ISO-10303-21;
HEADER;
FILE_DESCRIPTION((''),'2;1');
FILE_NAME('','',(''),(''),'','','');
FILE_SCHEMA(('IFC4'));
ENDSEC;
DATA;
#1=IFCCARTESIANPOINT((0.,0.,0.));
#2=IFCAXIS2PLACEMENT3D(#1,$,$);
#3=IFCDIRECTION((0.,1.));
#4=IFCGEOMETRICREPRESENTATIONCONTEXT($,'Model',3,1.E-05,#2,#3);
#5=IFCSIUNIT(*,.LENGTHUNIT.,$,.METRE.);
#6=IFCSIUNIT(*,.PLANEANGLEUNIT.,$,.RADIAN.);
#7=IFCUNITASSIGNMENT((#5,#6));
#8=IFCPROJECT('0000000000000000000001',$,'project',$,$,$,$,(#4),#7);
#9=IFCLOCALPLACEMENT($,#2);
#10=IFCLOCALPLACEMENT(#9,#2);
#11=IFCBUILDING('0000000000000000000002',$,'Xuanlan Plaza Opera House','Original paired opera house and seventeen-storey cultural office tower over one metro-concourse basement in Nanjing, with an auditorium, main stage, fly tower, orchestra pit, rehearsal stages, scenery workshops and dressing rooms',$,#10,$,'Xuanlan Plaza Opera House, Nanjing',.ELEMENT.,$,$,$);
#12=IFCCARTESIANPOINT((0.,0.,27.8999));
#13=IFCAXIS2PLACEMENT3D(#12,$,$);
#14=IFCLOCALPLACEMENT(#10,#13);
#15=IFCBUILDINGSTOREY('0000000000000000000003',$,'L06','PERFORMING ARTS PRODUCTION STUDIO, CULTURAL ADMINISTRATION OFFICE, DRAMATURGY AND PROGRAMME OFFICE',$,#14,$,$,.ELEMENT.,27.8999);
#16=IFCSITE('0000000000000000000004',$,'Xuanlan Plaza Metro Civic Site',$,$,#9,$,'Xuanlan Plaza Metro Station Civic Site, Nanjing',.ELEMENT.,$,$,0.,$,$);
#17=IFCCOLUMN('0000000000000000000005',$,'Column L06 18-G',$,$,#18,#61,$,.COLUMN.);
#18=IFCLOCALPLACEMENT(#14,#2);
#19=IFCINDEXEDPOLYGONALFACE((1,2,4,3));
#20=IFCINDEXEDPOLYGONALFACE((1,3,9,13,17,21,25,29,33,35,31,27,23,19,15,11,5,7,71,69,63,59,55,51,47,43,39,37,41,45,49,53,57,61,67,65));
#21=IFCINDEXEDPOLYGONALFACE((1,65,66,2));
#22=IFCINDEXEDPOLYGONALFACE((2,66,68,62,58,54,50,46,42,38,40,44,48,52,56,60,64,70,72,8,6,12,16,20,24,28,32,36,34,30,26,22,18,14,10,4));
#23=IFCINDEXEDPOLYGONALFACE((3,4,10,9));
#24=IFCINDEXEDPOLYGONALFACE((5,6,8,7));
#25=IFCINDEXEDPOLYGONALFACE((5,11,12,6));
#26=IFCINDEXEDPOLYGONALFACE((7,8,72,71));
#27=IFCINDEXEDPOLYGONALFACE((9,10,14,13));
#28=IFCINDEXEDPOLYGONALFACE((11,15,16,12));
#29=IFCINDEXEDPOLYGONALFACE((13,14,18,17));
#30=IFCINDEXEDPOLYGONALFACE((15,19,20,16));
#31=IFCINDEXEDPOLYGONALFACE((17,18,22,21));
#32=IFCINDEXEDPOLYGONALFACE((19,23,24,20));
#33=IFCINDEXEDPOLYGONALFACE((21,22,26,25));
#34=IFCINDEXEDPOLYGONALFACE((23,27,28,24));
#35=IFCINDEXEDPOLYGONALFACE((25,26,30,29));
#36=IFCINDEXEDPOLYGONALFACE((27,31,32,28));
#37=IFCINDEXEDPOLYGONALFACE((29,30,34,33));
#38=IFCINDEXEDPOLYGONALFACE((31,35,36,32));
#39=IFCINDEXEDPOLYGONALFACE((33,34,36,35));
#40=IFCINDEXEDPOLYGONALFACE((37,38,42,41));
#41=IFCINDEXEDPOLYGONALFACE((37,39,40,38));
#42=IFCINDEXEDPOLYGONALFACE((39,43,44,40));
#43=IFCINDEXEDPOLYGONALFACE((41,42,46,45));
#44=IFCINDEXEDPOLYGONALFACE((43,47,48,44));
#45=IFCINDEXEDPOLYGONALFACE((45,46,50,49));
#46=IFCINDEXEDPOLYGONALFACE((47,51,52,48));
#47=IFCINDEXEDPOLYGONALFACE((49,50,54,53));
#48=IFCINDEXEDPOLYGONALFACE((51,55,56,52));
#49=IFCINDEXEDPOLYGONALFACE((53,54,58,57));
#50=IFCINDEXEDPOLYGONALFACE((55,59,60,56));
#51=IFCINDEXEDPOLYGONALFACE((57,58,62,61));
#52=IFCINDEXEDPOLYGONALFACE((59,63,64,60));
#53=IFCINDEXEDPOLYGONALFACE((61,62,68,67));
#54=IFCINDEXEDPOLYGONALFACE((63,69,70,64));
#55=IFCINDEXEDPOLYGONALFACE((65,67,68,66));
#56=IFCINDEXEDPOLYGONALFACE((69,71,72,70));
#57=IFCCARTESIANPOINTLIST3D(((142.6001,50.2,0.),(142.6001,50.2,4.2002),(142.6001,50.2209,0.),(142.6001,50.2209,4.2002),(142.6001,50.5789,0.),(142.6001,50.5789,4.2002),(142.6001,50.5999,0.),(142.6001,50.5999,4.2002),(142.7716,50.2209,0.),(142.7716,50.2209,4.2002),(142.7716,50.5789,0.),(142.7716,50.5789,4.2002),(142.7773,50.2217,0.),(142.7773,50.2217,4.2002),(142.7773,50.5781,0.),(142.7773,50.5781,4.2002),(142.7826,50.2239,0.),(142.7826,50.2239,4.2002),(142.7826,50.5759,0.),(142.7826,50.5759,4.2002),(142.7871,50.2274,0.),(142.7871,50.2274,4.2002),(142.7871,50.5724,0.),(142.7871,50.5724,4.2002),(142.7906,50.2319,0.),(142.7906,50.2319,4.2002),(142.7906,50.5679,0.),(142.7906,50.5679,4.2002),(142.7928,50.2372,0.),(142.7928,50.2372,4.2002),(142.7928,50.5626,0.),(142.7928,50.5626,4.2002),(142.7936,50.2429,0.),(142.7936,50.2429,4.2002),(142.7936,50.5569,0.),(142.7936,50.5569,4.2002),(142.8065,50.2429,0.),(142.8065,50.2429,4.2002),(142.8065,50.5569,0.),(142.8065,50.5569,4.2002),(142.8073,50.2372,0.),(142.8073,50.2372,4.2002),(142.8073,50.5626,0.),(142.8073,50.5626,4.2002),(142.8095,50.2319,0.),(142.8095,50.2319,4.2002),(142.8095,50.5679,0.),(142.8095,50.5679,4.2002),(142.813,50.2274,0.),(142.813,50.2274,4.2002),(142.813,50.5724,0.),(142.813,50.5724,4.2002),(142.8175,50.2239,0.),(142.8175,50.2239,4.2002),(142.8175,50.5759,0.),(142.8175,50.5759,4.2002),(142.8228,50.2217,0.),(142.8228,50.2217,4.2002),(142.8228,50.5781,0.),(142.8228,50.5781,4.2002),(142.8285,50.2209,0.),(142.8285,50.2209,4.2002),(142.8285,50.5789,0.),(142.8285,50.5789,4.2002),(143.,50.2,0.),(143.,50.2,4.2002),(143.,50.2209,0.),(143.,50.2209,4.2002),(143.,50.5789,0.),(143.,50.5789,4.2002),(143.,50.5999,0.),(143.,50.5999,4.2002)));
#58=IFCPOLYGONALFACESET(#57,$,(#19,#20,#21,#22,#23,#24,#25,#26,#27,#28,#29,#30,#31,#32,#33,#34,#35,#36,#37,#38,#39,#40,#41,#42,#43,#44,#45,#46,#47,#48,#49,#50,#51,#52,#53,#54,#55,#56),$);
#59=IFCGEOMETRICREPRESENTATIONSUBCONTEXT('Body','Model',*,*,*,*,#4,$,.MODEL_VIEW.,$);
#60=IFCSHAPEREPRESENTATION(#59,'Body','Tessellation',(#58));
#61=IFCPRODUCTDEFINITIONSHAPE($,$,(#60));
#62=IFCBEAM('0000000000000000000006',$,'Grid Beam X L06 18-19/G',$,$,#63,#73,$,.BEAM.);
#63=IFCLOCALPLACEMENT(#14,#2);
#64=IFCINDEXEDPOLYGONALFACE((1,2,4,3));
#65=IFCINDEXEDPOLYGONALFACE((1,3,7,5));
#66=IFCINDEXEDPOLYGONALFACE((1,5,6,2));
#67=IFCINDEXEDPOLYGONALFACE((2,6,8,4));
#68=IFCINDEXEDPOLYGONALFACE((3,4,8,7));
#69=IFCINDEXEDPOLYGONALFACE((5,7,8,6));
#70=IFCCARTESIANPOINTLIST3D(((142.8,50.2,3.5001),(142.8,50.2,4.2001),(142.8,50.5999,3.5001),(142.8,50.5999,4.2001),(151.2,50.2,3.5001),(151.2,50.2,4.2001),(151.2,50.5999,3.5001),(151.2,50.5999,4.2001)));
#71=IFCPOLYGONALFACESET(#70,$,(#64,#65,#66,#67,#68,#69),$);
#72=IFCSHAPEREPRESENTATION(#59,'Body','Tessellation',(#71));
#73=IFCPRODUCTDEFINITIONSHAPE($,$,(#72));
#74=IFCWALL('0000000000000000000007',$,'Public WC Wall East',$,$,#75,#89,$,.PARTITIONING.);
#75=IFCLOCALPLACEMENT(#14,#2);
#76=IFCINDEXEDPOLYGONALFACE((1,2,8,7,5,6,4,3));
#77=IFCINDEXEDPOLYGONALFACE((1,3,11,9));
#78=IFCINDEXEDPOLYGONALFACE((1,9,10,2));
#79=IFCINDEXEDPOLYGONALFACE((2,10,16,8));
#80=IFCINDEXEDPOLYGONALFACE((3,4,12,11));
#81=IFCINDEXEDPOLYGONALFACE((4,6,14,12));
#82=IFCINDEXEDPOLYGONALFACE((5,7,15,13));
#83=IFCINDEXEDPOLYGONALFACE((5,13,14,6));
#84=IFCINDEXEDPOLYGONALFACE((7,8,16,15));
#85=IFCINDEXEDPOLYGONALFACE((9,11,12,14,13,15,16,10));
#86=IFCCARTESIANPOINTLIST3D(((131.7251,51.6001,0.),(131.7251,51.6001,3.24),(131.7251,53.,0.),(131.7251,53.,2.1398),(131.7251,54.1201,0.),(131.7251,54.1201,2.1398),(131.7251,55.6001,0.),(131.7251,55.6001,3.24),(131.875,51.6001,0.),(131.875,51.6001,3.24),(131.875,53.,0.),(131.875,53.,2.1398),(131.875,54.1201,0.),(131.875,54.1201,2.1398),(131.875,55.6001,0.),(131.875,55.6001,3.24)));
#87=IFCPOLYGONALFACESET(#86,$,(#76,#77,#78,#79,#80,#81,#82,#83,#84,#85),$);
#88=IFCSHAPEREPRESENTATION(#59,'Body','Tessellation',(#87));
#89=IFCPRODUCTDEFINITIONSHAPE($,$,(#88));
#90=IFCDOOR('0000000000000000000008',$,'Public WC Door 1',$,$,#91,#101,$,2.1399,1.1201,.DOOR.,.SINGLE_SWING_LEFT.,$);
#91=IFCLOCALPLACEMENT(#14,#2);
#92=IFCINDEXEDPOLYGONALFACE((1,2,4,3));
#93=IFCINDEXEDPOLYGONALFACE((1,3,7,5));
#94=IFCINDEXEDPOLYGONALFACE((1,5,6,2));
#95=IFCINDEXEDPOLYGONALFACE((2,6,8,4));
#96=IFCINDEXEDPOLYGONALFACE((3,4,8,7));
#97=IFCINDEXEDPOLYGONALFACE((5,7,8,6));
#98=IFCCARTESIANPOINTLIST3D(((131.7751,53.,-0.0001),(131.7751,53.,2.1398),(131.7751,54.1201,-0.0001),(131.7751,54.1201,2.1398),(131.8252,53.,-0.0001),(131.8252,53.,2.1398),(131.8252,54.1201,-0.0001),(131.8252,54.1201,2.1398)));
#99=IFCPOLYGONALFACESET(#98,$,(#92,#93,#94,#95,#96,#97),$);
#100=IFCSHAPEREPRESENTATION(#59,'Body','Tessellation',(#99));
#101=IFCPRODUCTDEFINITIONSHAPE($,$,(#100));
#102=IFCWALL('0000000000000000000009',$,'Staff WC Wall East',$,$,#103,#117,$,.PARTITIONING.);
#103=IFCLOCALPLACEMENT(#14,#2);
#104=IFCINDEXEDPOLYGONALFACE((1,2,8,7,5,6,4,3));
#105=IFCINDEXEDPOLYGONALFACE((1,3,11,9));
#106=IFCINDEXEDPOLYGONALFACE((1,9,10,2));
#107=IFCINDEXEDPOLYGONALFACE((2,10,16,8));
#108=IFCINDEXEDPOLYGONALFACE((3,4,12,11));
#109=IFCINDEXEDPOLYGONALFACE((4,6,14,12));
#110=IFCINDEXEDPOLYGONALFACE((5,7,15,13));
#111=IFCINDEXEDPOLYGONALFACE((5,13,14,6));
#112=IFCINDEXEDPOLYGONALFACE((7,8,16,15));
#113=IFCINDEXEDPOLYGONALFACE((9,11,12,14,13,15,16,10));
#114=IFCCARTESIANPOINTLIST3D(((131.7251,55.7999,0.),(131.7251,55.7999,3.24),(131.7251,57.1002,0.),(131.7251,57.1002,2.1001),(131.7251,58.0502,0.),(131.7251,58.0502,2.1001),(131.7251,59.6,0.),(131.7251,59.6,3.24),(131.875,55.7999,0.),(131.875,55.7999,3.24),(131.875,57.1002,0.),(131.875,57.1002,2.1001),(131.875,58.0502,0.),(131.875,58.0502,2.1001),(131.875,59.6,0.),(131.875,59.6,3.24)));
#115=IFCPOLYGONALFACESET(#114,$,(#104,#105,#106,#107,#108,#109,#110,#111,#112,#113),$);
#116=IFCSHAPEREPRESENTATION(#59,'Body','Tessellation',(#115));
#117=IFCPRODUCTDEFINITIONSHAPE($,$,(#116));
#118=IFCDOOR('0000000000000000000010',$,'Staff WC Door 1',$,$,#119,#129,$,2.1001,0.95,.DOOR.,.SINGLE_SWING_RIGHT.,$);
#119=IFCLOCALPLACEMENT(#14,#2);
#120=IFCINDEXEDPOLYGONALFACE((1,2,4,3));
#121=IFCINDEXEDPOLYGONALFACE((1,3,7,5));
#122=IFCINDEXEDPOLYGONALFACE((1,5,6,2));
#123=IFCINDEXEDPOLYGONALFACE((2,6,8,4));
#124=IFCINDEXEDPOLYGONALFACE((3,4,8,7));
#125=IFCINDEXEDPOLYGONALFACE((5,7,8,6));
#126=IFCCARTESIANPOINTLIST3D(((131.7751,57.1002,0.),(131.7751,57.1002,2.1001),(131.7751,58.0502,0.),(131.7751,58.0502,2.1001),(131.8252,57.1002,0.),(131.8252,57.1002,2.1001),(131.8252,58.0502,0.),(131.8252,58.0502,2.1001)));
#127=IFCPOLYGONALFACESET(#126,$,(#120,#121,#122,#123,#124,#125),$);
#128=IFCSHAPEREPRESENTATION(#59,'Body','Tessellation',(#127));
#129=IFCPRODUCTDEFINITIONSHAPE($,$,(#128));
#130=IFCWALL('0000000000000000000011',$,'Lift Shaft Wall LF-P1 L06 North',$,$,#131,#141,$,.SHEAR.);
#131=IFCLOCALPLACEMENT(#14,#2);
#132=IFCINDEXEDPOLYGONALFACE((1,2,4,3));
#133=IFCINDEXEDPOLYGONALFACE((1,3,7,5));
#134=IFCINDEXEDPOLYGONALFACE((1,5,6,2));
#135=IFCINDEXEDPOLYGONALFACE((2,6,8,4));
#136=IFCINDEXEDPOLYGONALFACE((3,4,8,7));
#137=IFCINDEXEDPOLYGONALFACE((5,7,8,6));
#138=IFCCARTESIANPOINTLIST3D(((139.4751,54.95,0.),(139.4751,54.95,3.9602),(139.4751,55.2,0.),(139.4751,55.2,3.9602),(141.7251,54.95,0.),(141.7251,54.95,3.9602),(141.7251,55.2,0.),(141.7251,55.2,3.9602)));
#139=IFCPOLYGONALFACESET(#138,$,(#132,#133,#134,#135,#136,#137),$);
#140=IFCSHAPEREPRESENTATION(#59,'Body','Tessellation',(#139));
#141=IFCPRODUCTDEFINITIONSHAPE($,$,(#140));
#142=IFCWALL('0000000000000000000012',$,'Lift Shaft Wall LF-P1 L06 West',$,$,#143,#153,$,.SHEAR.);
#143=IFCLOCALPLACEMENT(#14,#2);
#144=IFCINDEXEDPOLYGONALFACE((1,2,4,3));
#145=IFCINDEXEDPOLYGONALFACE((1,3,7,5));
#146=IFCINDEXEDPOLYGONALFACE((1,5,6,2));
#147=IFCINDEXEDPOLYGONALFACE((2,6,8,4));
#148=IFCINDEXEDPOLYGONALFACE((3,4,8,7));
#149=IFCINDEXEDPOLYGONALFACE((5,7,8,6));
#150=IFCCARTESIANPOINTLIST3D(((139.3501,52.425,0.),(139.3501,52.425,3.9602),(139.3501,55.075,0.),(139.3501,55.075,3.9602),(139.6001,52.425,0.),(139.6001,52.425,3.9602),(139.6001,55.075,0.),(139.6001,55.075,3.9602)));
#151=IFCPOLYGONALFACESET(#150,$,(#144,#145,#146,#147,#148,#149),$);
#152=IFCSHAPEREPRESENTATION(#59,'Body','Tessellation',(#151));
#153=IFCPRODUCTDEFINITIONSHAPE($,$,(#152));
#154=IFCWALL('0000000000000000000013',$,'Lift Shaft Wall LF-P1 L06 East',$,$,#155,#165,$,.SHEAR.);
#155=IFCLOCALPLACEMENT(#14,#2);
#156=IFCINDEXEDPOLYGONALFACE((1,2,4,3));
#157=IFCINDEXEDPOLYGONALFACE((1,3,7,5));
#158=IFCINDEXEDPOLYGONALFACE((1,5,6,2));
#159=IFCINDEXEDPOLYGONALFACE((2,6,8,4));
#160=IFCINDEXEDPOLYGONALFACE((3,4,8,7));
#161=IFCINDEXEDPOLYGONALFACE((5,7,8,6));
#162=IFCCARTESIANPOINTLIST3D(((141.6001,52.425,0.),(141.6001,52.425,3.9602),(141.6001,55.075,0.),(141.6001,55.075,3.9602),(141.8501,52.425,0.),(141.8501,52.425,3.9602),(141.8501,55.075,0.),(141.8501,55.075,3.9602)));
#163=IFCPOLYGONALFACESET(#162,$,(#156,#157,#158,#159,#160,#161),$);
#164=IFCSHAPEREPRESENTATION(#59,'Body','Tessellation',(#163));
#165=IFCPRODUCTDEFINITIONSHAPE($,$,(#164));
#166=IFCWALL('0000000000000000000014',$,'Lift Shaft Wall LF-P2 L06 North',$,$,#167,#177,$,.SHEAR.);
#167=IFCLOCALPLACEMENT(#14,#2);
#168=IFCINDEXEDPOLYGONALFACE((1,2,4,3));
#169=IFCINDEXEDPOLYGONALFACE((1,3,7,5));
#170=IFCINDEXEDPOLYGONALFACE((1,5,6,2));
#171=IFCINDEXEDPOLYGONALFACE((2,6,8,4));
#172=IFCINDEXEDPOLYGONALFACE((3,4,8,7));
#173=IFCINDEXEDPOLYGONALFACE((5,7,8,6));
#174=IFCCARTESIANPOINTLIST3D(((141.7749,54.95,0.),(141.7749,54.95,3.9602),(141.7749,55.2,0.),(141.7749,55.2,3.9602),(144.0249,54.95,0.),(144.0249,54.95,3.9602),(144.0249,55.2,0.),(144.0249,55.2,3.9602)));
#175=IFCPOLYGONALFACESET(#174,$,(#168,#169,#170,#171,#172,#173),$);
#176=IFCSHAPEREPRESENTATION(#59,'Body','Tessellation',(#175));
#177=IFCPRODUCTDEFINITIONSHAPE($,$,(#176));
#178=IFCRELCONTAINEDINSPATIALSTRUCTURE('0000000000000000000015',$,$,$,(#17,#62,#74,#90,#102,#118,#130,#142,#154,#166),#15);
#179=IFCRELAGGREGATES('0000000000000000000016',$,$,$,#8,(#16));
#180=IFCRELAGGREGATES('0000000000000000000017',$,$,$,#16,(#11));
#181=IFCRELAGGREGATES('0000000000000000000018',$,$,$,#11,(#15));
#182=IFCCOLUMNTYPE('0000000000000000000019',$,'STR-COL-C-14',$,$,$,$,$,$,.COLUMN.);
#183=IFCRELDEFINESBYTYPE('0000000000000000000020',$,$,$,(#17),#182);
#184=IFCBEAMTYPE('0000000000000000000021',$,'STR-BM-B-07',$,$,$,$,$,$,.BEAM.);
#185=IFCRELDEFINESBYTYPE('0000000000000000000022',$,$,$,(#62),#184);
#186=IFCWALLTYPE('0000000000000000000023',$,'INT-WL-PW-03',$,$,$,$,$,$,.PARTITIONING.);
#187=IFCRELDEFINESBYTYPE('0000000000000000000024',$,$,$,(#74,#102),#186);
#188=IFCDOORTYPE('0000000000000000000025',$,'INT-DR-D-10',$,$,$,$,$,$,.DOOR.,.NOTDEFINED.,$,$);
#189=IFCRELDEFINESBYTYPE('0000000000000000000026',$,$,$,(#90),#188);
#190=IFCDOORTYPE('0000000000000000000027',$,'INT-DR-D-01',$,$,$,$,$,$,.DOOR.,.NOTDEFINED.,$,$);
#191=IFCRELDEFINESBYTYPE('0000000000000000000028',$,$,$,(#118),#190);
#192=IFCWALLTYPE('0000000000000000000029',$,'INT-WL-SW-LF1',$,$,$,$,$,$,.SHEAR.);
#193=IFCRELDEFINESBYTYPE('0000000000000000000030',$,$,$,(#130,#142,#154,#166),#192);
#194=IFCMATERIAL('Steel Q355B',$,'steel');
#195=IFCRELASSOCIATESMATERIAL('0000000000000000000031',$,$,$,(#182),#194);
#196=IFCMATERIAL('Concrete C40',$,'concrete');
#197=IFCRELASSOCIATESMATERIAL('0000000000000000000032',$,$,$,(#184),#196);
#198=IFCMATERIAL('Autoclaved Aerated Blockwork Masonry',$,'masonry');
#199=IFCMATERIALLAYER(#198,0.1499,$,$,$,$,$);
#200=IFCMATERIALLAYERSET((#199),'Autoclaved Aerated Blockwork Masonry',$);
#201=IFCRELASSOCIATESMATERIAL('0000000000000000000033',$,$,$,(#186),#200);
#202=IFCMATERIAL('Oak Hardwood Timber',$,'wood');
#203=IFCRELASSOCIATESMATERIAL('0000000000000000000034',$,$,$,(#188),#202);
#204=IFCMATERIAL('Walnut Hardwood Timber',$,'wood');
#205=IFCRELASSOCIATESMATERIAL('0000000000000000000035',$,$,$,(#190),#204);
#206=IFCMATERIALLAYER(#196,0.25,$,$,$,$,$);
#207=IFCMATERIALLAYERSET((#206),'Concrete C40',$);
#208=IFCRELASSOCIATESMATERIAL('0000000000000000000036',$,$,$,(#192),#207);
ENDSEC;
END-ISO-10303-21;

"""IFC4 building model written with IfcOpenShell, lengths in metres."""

from ifc_helpers import new_model, si_unit, direction, frame, frame_2d, origin, origin_2d, place, context, subcontext, project, spatial, rectangle, i_section, extrude, material, layer, layer_set, material_profile, profile_set, type_object, element, fill, save


model = new_model("IFC4")

# Units and contexts
model_context = context("Model", 3, precision=1e-05, world=origin(), true_north=direction((0.0, 1.0)))
body_context = subcontext(model_context, "Body", "Model", "MODEL_VIEW")
ifc_project = project(units=[si_unit("LENGTHUNIT", "METRE"), si_unit("PLANEANGLEUNIT", "RADIAN")], contexts=[model_context])

# Site, building, storey
site_placement = place(None, origin())
site = spatial("IfcSite", under=ifc_project, at=site_placement, Name="Xuanlan Plaza Metro Civic Site", LongName="Xuanlan Plaza Metro Station Civic Site, Nanjing", CompositionType="ELEMENT", RefElevation=0.0)
building_placement = place(site_placement, origin())
building = spatial("IfcBuilding", under=site, at=building_placement, Name="Xuanlan Plaza Opera House", Description="Original paired opera house and seventeen-storey cultural office tower over one metro-concourse basement in Nanjing, with an auditorium, main stage, fly tower, orchestra pit, rehearsal stages, scenery workshops and dressing rooms", LongName="Xuanlan Plaza Opera House, Nanjing", CompositionType="ELEMENT")
storey_placement = place(building_placement, frame((0.0, 0.0, 27.8999)))
storey = spatial("IfcBuildingStorey", under=building, at=storey_placement, Name="L06", Description="PERFORMING ARTS PRODUCTION STUDIO, CULTURAL ADMINISTRATION OFFICE, DRAMATURGY AND PROGRAMME OFFICE", CompositionType="ELEMENT", Elevation=27.8999)

# Column
ifc_material_1 = material(Name="Steel Q355B", Category="steel")
ifc_material_profile_1 = material_profile(ifc_material_1, i_section(OverallWidth=0.3999, OverallDepth=0.3999, WebThickness=0.0129, FlangeThickness=0.021, FilletRadius=0.022, at=origin_2d()), Name="HW 400x400x13x21")
ifc_profile_set_1 = profile_set([ifc_material_profile_1], Name="Steel Q355B")
column_type = type_object("IfcColumnType", Name="STR-COL-C-14", PredefinedType="COLUMN", material=ifc_profile_set_1)
column_placement = place(storey_placement, frame((142.8, 50.3999, 0.0), z_axis=(0.0, 0.0, 1.0), x_axis=(1.0, 0.0, 0.0)))
element("IfcColumn", 1, at=column_placement, inside=storey, type_object=column_type, Name="Column L06 18-G", PredefinedType="COLUMN", context=body_context, shape_type="SweptSolid", body=[
    extrude(i_section(OverallWidth=0.3999, OverallDepth=0.3999, WebThickness=0.0129, FlangeThickness=0.021, FilletRadius=0.022, at=origin_2d()), origin(), (0.0, 0.0, 1.0), 4.2002),
])

# Beam
ifc_material_2 = material(Name="Concrete C40", Category="concrete")
ifc_material_profile_2 = material_profile(ifc_material_2, rectangle(XDim=0.3999, YDim=0.7, at=origin_2d()), Name="RC-BM 400x700")
ifc_profile_set_2 = profile_set([ifc_material_profile_2], Name="Concrete C40")
beam_type = type_object("IfcBeamType", Name="STR-BM-B-07", PredefinedType="BEAM", material=ifc_profile_set_2)
beam_placement = place(storey_placement, frame((142.8, 50.3999, 3.8501), z_axis=(1.0, 0.0, 0.0), x_axis=(0.0, 1.0, 0.0)))
element("IfcBeam", 2, at=beam_placement, inside=storey, type_object=beam_type, Name="Grid Beam X L06 18-19/G", PredefinedType="BEAM", context=body_context, shape_type="SweptSolid", body=[
    extrude(rectangle(XDim=0.3999, YDim=0.7, at=origin_2d()), origin(), (0.0, 0.0, 1.0), 8.3999),
])

# Walls, openings, doors
ifc_material_3 = material(Name="Autoclaved Aerated Blockwork Masonry", Category="masonry")
ifc_layer_1 = layer(ifc_material_3, 0.1499)
ifc_layer_set_1 = layer_set([ifc_layer_1], Name="Autoclaved Aerated Blockwork Masonry")
wall_type_1 = type_object("IfcWallType", Name="INT-WL-PW-03", PredefinedType="PARTITIONING", material=ifc_layer_set_1)
wall_1_placement = place(storey_placement, frame((131.8, 51.6001, 0.0), z_axis=(0.0, 0.0, 1.0), x_axis=(0.0, 1.0, 0.0)))
wall_1 = element("IfcWall", 3, at=wall_1_placement, inside=storey, type_object=wall_type_1, Name="Public WC Wall East", PredefinedType="PARTITIONING", context=body_context, shape_type="SweptSolid", body=[
    extrude(rectangle(XDim=4.0, YDim=0.1499, at=frame_2d((2.0, 0.0))), origin(), (0.0, 0.0, 1.0), 3.24),
])
opening_1_placement = place(wall_1_placement, frame((1.3999, 0.0, 0.0)))
opening_1 = element("IfcOpeningElement", 4, at=opening_1_placement, cuts=wall_1, PredefinedType="OPENING", context=body_context, shape_type="SweptSolid", body=[
    extrude(rectangle(XDim=1.1201, YDim=2.1399, at=frame_2d((0.5601, 1.0698))), frame((0.0, 0.085, 0.0), z_axis=(0.0, -1.0, 0.0), x_axis=(1.0, 0.0, 0.0)), (0.0, 0.0, 1.0), 0.1699),
])
ifc_material_4 = material(Name="Oak Hardwood Timber", Category="wood")
door_type_1 = type_object("IfcDoorType", Name="INT-DR-D-10", OperationType="NOTDEFINED", PredefinedType="DOOR", material=ifc_material_4)
door_1_placement = place(opening_1_placement, origin())
door_1 = element("IfcDoor", 5, at=door_1_placement, inside=storey, type_object=door_type_1, Name="Public WC Door 1", OperationType="SINGLE_SWING_LEFT", OverallHeight=2.1399, OverallWidth=1.1201, PredefinedType="DOOR", context=body_context, shape_type="SweptSolid", body=[
    extrude(rectangle(XDim=1.1201, YDim=2.1399, at=frame_2d((0.5601, 1.0698))), frame((0.0, 0.0249, 0.0), z_axis=(0.0, -1.0, 0.0), x_axis=(1.0, 0.0, 0.0)), (0.0, 0.0, 1.0), 0.05),
])
fill(opening_1, door_1)
wall_2_placement = place(storey_placement, frame((131.8, 55.8, 0.0), z_axis=(0.0, 0.0, 1.0), x_axis=(0.0, 1.0, 0.0)))
wall_2 = element("IfcWall", 6, at=wall_2_placement, inside=storey, type_object=wall_type_1, Name="Staff WC Wall East", PredefinedType="PARTITIONING", context=body_context, shape_type="SweptSolid", body=[
    extrude(rectangle(XDim=3.8, YDim=0.1499, at=frame_2d((1.8999, 0.0))), origin(), (0.0, 0.0, 1.0), 3.24),
])
opening_2_placement = place(wall_2_placement, frame((1.3, 0.0, 0.0)))
opening_2 = element("IfcOpeningElement", 7, at=opening_2_placement, cuts=wall_2, PredefinedType="OPENING", context=body_context, shape_type="SweptSolid", body=[
    extrude(rectangle(XDim=0.95, YDim=2.1001, at=frame_2d((0.4751, 1.05))), frame((0.0, 0.085, 0.0), z_axis=(0.0, -1.0, 0.0), x_axis=(1.0, 0.0, 0.0)), (0.0, 0.0, 1.0), 0.1699),
])
ifc_material_5 = material(Name="Walnut Hardwood Timber", Category="wood")
door_type_2 = type_object("IfcDoorType", Name="INT-DR-D-01", OperationType="NOTDEFINED", PredefinedType="DOOR", material=ifc_material_5)
door_2_placement = place(opening_2_placement, origin())
door_2 = element("IfcDoor", 8, at=door_2_placement, inside=storey, type_object=door_type_2, Name="Staff WC Door 1", OperationType="SINGLE_SWING_RIGHT", OverallHeight=2.1001, OverallWidth=0.95, PredefinedType="DOOR", context=body_context, shape_type="SweptSolid", body=[
    extrude(rectangle(XDim=0.95, YDim=2.1001, at=frame_2d((0.4751, 1.05))), frame((0.0, 0.0249, 0.0), z_axis=(0.0, -1.0, 0.0), x_axis=(1.0, 0.0, 0.0)), (0.0, 0.0, 1.0), 0.05),
])
fill(opening_2, door_2)
ifc_layer_2 = layer(ifc_material_2, 0.25)
ifc_layer_set_2 = layer_set([ifc_layer_2], Name="Concrete C40")
wall_type_2 = type_object("IfcWallType", Name="INT-WL-SW-LF1", PredefinedType="SHEAR", material=ifc_layer_set_2)

# Walls
wall_3_placement = place(storey_placement, frame((139.4751, 55.075, 0.0), z_axis=(0.0, 0.0, 1.0), x_axis=(1.0, 0.0, 0.0)))
element("IfcWall", 9, at=wall_3_placement, inside=storey, type_object=wall_type_2, Name="Lift Shaft Wall LF-P1 L06 North", PredefinedType="SHEAR", context=body_context, shape_type="SweptSolid", body=[
    extrude(rectangle(XDim=2.25, YDim=0.25, at=frame_2d((1.125, 0.0))), origin(), (0.0, 0.0, 1.0), 3.9602),
])
for number, where, z_axis, x_axis, name in (
    (10, (139.4751, 52.425, 0.0), (0.0, 0.0, 1.0), (0.0, 1.0, 0.0), "Lift Shaft Wall LF-P1 L06 West"),
    (11, (141.7251, 52.425, 0.0), (0.0, 0.0, 1.0), (0.0, 1.0, 0.0), "Lift Shaft Wall LF-P1 L06 East"),
):
    element("IfcWall", number, at=place(storey_placement, frame(where, z_axis=z_axis, x_axis=x_axis)), inside=storey, type_object=wall_type_2, Name=name, PredefinedType="SHEAR", context=body_context, shape_type="SweptSolid", body=[
        extrude(rectangle(XDim=2.6499, YDim=0.25, at=frame_2d((1.325, 0.0))), origin(), (0.0, 0.0, 1.0), 3.9602),
    ])

# Wall
wall_4_placement = place(storey_placement, frame((141.7749, 55.075, 0.0), z_axis=(0.0, 0.0, 1.0), x_axis=(1.0, 0.0, 0.0)))
element("IfcWall", 12, at=wall_4_placement, inside=storey, type_object=wall_type_2, Name="Lift Shaft Wall LF-P2 L06 North", PredefinedType="SHEAR", context=body_context, shape_type="SweptSolid", body=[
    extrude(rectangle(XDim=2.25, YDim=0.25, at=frame_2d((1.125, 0.0))), origin(), (0.0, 0.0, 1.0), 3.9602),
])

save(model, "model.ifc")
